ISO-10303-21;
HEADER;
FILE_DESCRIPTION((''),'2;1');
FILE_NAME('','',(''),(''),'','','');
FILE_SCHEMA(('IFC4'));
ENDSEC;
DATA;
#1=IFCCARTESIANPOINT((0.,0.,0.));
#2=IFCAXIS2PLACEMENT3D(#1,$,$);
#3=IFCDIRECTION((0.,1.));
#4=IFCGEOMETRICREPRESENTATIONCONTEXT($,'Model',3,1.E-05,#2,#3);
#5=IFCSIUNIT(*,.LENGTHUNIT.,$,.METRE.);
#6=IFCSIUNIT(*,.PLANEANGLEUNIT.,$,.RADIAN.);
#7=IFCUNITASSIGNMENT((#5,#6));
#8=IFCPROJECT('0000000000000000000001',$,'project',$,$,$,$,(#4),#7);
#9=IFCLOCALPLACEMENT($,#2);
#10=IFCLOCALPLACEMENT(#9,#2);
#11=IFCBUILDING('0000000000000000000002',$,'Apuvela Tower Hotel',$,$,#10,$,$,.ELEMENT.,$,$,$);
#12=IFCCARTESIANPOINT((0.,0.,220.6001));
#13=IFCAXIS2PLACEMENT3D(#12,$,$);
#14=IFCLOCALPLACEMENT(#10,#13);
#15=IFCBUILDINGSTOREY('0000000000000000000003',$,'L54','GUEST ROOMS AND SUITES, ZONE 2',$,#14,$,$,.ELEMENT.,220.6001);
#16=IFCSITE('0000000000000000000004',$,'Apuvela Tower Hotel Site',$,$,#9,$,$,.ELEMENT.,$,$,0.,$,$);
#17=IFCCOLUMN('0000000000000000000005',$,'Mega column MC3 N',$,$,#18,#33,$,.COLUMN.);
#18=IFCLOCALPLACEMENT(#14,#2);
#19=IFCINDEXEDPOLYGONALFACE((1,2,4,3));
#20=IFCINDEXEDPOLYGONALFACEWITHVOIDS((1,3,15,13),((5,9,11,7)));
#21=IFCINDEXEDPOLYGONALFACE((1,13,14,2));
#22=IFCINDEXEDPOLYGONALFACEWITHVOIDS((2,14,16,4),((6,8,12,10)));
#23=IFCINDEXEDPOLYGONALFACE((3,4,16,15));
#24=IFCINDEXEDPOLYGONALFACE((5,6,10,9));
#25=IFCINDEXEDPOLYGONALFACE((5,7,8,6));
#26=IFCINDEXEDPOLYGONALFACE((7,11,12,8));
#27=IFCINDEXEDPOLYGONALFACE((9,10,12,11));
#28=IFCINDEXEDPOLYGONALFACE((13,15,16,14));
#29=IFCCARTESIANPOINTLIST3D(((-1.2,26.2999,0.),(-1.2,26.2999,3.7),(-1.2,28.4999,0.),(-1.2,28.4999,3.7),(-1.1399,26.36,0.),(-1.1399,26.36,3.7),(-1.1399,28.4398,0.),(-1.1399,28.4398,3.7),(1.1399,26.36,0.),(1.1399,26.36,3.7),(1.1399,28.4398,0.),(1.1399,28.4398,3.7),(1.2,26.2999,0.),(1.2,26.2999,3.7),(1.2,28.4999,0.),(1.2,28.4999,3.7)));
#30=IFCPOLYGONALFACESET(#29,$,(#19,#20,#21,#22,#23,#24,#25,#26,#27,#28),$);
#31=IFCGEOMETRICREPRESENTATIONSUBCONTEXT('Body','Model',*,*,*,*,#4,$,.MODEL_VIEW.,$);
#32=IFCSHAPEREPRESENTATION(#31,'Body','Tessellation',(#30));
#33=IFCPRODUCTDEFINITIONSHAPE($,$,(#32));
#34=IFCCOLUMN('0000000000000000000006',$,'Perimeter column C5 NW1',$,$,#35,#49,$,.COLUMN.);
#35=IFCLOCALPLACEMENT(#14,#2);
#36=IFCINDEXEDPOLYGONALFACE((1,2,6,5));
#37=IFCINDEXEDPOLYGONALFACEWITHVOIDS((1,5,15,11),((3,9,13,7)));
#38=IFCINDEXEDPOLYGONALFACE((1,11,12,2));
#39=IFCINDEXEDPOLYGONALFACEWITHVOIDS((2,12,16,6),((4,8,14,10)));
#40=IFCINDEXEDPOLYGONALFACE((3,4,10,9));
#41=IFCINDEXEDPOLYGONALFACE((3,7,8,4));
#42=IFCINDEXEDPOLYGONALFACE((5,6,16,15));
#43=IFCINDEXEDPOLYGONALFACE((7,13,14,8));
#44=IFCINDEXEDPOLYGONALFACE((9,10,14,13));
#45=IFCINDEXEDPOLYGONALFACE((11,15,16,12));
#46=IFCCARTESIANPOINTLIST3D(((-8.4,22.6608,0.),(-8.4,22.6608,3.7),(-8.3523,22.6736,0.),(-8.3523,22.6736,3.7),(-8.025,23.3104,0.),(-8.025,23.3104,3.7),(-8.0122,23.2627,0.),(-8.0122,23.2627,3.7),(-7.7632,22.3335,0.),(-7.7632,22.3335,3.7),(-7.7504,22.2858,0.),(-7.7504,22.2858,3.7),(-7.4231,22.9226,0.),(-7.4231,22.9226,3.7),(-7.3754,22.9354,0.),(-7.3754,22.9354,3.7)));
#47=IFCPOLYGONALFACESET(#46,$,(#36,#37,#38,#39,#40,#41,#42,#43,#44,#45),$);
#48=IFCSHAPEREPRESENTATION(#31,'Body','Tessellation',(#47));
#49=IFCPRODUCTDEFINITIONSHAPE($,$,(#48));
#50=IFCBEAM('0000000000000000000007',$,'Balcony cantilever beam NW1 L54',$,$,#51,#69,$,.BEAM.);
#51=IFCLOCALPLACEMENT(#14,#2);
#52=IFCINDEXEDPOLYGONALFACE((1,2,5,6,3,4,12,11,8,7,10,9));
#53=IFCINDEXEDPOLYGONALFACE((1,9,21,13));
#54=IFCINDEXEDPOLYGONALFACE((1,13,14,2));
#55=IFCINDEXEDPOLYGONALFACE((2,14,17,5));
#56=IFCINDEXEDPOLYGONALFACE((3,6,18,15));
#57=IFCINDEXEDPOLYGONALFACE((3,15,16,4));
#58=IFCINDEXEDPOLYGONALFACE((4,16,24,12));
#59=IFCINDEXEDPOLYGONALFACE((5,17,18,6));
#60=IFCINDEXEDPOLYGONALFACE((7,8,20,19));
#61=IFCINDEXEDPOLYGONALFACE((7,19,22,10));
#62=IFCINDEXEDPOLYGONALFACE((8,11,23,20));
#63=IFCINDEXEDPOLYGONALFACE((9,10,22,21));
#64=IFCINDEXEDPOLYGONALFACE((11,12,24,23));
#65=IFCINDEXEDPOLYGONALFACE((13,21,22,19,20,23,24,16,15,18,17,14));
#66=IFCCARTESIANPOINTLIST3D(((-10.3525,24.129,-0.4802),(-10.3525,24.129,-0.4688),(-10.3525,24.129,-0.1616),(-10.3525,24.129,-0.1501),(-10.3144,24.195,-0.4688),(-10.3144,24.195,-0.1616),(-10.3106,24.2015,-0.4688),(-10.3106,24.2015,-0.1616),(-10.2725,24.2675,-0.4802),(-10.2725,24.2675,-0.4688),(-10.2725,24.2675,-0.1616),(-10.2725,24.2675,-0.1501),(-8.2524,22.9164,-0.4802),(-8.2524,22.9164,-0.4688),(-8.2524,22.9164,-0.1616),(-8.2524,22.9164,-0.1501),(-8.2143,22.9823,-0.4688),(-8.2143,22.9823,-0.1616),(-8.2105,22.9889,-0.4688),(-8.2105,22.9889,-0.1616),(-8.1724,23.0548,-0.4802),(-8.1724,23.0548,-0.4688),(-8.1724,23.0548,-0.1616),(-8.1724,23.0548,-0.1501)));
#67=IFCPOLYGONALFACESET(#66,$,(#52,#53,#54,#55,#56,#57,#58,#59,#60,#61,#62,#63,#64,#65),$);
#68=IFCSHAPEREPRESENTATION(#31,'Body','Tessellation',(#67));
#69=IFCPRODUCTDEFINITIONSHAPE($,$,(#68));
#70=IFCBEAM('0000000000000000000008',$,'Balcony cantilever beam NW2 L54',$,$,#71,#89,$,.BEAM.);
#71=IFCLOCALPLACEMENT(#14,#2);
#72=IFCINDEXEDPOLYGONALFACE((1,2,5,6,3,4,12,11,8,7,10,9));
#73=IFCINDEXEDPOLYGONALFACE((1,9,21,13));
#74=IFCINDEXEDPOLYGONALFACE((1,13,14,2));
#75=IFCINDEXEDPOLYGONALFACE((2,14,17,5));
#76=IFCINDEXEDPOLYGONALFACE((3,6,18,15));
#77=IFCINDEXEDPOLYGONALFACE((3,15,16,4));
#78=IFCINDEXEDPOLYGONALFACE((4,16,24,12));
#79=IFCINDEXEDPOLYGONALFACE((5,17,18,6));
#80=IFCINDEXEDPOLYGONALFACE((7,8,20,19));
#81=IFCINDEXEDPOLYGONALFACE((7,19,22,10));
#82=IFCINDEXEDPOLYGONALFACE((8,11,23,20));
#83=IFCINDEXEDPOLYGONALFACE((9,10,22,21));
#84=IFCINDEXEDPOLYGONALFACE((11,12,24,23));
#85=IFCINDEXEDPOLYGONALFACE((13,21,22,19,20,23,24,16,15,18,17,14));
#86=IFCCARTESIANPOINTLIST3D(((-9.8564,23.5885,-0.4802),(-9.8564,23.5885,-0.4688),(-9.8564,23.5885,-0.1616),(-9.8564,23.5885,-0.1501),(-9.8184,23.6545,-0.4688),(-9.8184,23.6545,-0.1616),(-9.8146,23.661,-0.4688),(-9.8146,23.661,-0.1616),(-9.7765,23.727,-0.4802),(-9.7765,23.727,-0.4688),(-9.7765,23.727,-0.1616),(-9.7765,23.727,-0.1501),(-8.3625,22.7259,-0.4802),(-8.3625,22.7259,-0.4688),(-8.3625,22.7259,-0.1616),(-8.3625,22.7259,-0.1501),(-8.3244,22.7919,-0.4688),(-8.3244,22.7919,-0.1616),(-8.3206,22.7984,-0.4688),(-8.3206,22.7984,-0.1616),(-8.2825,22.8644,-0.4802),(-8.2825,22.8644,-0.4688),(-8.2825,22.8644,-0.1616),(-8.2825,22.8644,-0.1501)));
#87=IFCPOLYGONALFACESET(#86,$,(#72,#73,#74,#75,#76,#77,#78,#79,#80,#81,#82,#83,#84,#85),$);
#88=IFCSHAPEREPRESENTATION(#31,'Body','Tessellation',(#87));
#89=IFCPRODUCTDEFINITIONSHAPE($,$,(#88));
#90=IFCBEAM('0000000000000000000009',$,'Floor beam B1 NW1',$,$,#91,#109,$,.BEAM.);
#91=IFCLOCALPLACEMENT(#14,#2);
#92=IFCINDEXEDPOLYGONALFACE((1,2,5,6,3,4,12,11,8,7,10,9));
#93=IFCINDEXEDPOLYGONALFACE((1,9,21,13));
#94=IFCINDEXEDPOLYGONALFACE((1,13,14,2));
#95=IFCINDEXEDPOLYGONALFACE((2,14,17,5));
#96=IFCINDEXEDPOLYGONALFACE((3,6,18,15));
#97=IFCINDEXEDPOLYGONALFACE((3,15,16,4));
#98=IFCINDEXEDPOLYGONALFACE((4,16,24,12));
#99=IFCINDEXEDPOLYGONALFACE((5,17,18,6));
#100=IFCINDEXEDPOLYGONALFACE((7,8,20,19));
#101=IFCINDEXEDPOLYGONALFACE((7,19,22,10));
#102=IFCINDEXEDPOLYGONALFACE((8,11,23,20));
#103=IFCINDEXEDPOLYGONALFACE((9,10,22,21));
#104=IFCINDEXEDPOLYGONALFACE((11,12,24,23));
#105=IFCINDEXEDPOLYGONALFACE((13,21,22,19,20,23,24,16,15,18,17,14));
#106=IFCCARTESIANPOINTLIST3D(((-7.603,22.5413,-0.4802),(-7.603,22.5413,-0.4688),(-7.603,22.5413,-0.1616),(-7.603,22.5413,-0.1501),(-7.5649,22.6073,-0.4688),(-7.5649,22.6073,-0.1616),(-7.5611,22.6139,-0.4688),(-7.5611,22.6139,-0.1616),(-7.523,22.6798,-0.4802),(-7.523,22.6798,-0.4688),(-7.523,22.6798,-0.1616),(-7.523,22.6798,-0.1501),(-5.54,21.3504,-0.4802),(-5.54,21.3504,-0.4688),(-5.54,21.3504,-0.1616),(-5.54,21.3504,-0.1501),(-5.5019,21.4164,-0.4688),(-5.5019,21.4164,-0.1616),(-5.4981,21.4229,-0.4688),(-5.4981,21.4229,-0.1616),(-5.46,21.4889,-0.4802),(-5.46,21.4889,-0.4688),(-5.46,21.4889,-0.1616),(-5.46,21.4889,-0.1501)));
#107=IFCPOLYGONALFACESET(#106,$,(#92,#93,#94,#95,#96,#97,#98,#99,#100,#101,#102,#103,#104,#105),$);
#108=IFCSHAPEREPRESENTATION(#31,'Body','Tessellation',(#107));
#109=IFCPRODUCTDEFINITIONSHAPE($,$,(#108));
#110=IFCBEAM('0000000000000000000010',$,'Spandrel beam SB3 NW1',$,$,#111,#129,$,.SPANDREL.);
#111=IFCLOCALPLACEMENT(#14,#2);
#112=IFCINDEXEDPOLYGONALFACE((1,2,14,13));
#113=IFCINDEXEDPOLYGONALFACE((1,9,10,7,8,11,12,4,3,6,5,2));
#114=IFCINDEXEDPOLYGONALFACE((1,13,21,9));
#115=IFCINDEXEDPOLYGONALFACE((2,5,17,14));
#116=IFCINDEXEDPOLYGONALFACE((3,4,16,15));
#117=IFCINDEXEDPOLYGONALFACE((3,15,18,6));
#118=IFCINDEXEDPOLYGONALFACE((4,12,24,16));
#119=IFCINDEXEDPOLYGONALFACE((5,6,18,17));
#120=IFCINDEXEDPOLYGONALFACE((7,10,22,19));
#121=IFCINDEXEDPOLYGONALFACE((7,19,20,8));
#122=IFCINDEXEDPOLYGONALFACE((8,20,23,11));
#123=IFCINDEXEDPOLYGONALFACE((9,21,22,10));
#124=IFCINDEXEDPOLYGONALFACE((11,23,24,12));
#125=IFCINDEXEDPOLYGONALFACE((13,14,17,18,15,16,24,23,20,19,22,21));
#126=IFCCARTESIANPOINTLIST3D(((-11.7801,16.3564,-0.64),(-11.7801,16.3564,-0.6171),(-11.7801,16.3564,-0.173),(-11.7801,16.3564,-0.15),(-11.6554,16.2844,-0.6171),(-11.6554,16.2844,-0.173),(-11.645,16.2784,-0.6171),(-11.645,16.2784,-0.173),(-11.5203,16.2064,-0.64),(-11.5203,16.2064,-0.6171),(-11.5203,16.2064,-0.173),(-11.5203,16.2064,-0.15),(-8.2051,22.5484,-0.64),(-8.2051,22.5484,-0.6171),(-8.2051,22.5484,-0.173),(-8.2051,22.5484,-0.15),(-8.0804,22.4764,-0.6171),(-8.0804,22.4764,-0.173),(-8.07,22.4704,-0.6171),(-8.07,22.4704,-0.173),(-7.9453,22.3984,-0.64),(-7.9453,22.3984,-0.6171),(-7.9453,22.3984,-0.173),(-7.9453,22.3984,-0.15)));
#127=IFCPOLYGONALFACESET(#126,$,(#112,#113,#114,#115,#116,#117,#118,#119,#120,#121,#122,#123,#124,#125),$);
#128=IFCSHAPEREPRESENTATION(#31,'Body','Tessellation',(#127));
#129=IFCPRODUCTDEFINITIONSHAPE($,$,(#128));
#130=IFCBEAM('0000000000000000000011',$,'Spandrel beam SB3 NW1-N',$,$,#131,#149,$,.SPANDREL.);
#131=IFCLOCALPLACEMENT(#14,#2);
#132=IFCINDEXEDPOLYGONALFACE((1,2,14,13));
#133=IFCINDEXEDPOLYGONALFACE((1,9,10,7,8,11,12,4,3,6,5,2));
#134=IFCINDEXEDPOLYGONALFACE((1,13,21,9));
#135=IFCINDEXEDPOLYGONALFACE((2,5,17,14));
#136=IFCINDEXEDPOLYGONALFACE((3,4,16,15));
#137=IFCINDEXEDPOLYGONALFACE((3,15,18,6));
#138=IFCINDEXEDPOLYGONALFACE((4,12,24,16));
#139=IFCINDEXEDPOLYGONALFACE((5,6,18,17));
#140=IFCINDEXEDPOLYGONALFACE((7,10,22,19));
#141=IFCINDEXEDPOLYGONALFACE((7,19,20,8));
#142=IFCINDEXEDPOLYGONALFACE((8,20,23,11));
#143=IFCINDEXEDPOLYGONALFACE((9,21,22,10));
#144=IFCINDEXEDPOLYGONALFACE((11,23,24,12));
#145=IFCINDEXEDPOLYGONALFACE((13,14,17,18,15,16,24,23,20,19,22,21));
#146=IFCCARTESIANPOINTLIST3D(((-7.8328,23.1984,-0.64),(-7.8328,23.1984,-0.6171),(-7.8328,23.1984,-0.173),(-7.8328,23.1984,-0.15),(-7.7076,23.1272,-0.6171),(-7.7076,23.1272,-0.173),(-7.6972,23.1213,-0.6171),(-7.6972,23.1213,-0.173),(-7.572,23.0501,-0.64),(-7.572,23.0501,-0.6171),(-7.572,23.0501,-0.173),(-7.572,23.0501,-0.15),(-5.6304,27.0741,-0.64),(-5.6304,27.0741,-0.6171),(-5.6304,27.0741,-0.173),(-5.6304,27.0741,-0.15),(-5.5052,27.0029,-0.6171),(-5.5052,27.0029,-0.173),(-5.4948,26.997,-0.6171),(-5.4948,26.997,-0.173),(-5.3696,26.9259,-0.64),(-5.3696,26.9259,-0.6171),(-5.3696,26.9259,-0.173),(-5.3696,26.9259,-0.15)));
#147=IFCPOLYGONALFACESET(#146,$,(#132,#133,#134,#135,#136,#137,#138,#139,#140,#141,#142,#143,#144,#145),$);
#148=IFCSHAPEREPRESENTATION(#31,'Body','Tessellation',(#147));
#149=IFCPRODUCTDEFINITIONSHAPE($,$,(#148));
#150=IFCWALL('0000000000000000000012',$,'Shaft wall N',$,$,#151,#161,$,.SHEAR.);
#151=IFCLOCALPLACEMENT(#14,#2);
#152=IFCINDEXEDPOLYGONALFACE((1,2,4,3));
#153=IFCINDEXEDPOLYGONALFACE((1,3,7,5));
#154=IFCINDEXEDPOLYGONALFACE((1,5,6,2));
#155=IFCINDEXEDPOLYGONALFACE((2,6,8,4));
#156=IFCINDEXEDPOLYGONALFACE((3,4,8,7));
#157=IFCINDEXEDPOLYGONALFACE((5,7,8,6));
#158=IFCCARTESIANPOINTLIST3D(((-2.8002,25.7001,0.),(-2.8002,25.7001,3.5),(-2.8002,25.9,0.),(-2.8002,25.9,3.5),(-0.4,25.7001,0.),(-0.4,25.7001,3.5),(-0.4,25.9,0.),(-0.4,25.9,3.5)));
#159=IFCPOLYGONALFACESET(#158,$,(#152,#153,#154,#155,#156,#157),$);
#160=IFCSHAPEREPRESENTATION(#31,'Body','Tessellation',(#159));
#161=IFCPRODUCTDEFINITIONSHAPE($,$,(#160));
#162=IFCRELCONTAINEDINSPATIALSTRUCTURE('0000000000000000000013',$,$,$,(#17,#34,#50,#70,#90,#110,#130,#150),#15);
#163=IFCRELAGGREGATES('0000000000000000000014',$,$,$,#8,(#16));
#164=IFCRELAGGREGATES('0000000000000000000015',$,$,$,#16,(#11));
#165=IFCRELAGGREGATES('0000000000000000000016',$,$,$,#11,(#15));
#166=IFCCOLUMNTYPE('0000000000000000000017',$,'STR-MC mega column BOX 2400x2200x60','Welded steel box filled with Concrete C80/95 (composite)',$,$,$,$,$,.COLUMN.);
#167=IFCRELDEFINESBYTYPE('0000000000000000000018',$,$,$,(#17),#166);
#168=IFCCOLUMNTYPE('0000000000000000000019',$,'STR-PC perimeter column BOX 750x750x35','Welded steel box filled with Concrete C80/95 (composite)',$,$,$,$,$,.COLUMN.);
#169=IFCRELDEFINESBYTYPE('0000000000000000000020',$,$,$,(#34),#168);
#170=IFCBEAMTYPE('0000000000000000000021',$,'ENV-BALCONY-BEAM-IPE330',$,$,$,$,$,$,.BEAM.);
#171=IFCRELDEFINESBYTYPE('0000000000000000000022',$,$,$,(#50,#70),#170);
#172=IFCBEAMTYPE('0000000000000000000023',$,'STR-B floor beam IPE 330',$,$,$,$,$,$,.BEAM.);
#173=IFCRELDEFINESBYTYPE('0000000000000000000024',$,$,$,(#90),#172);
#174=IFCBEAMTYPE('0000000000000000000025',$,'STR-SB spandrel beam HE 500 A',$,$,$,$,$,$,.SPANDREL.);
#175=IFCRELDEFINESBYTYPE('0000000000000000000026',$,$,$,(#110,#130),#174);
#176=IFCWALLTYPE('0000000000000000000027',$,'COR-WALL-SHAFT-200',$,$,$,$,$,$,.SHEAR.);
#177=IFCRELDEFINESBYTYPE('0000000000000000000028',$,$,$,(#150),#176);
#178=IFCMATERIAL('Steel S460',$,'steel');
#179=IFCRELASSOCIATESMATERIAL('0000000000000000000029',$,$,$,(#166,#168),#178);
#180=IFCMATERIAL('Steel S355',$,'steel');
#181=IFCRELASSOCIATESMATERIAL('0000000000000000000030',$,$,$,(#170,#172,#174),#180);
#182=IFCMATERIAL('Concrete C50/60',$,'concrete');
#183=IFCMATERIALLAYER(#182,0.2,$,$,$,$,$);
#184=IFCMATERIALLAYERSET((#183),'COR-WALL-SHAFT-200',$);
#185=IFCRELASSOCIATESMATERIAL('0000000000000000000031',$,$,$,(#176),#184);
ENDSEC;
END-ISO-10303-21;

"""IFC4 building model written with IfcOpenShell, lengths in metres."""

from ifc_helpers import new_model, si_unit, direction, frame, frame_2d, origin, origin_2d, place, context, subcontext, project, spatial, rectangle, hollow_rectangle, i_section, extrude, material, layer, layer_set, material_profile, profile_set, type_object, element, save


model = new_model("IFC4")

# Units and contexts
model_context = context("Model", 3, precision=1e-05, world=origin(), true_north=direction((0.0, 1.0)))
body_context = subcontext(model_context, "Body", "Model", "MODEL_VIEW")
ifc_project = project(units=[si_unit("LENGTHUNIT", "METRE"), si_unit("PLANEANGLEUNIT", "RADIAN")], contexts=[model_context])

# Site, building, storey
site_placement = place(None, origin())
site = spatial("IfcSite", under=ifc_project, at=site_placement, Name="Apuvela Tower Hotel Site", CompositionType="ELEMENT", RefElevation=0.0)
building_placement = place(site_placement, origin())
building = spatial("IfcBuilding", under=site, at=building_placement, Name="Apuvela Tower Hotel", CompositionType="ELEMENT")
storey_placement = place(building_placement, frame((0.0, 0.0, 220.6001)))
storey = spatial("IfcBuildingStorey", under=building, at=storey_placement, Name="L54", Description="GUEST ROOMS AND SUITES, ZONE 2", CompositionType="ELEMENT", Elevation=220.6001)

# Columns
ifc_material_1 = material(Name="Steel S460", Category="steel")
ifc_material_profile_1 = material_profile(ifc_material_1, hollow_rectangle(XDim=2.3999, YDim=2.2, WallThickness=0.0601, at=origin_2d()), Name="BOX 2400x2200x60")
ifc_material_2 = material(Name="Concrete C80/95", Category="concrete")
ifc_material_profile_2 = material_profile(ifc_material_2, rectangle(XDim=2.28, YDim=2.0801, at=origin_2d()), Name="Concrete C80/95 infill")
ifc_profile_set_1 = profile_set([ifc_material_profile_1, ifc_material_profile_2], Name="Steel S460")
column_type_1 = type_object("IfcColumnType", Name="STR-MC mega column BOX 2400x2200x60", Description="Welded steel box filled with Concrete C80/95 (composite)", PredefinedType="COLUMN", material=ifc_profile_set_1)
column_1_placement = place(storey_placement, frame((0.0, 27.3999, 0.0), z_axis=(0.0, 0.0, 1.0), x_axis=(1.0, 0.0, 0.0)))
element("IfcColumn", 1, at=column_1_placement, inside=storey, type_object=column_type_1, Name="Mega column MC3 N", PredefinedType="COLUMN", context=body_context, shape_type="SweptSolid", body=[
    extrude(hollow_rectangle(XDim=2.3999, YDim=2.2, WallThickness=0.0601, at=origin_2d()), origin(), (0.0, 0.0, 1.0), 3.7),
])
ifc_material_profile_3 = material_profile(ifc_material_1, hollow_rectangle(XDim=0.75, YDim=0.75, WallThickness=0.0349, at=origin_2d()), Name="BOX 750x750x35")
ifc_material_profile_4 = material_profile(ifc_material_2, rectangle(XDim=0.6799, YDim=0.6799, at=origin_2d()), Name="Concrete C80/95 infill")
ifc_profile_set_2 = profile_set([ifc_material_profile_3, ifc_material_profile_4], Name="Steel S460")
column_type_2 = type_object("IfcColumnType", Name="STR-PC perimeter column BOX 750x750x35", Description="Welded steel box filled with Concrete C80/95 (composite)", PredefinedType="COLUMN", material=ifc_profile_set_2)
column_2_placement = place(storey_placement, frame((-7.8877, 22.7981, 0.0), z_axis=(0.0, 0.0, 1.0), x_axis=(0.5, 0.866025, 0.0)))
element("IfcColumn", 2, at=column_2_placement, inside=storey, type_object=column_type_2, Name="Perimeter column C5 NW1", PredefinedType="COLUMN", context=body_context, shape_type="SweptSolid", body=[
    extrude(hollow_rectangle(XDim=0.75, YDim=0.75, WallThickness=0.0349, at=origin_2d()), origin(), (0.0, 0.0, 1.0), 3.7),
])

# Beams
ifc_material_3 = material(Name="Steel S355", Category="steel")
ifc_material_profile_5 = material_profile(ifc_material_3, i_section(OverallWidth=0.1599, OverallDepth=0.3301, WebThickness=0.0076, FlangeThickness=0.0115, at=origin_2d()), Name="IPE 330")
ifc_profile_set_3 = profile_set([ifc_material_profile_5], Name="Steel S355")
beam_type_1 = type_object("IfcBeamType", Name="ENV-BALCONY-BEAM-IPE330", PredefinedType="BEAM", material=ifc_profile_set_3)
beam_1_placement = place(storey_placement, frame((-8.2124, 22.9856, -0.3152), z_axis=(-0.865998, 0.500048, 0.0), x_axis=(-0.500048, -0.865998, 0.0)))
element("IfcBeam", 3, at=beam_1_placement, inside=storey, type_object=beam_type_1, Name="Balcony cantilever beam NW1 L54", PredefinedType="BEAM", context=body_context, shape_type="SweptSolid", body=[
    extrude(i_section(OverallWidth=0.1599, OverallDepth=0.3301, WebThickness=0.0076, FlangeThickness=0.0115, at=origin_2d()), origin(), (0.0, 0.0, 1.0), 2.425),
])
beam_2_placement = place(storey_placement, frame((-8.3225, 22.7952, -0.3152), z_axis=(-0.866014, 0.500021, 0.0), x_axis=(-0.500021, -0.866014, 0.0)))
element("IfcBeam", 4, at=beam_2_placement, inside=storey, type_object=beam_type_1, Name="Balcony cantilever beam NW2 L54", PredefinedType="BEAM", context=body_context, shape_type="SweptSolid", body=[
    extrude(i_section(OverallWidth=0.1599, OverallDepth=0.3301, WebThickness=0.0076, FlangeThickness=0.0115, at=origin_2d()), origin(), (0.0, 0.0, 1.0), 1.7251),
])
ifc_material_profile_6 = material_profile(ifc_material_3, i_section(OverallWidth=0.1599, OverallDepth=0.3301, WebThickness=0.0076, FlangeThickness=0.0115, at=origin_2d()), Name="IPE 330")
ifc_profile_set_4 = profile_set([ifc_material_profile_6], Name="Steel S355")
beam_type_2 = type_object("IfcBeamType", Name="STR-B floor beam IPE 330", PredefinedType="BEAM", material=ifc_profile_set_4)
beam_3_placement = place(storey_placement, frame((-7.563, 22.6106, -0.3152), z_axis=(0.866052, -0.499953, 0.0), x_axis=(0.499953, 0.866052, 0.0)))
element("IfcBeam", 5, at=beam_3_placement, inside=storey, type_object=beam_type_2, Name="Floor beam B1 NW1", PredefinedType="BEAM", context=body_context, shape_type="SweptSolid", body=[
    extrude(i_section(OverallWidth=0.1599, OverallDepth=0.3301, WebThickness=0.0076, FlangeThickness=0.0115, at=origin_2d()), origin(), (0.0, 0.0, 1.0), 2.3821),
])
ifc_material_profile_7 = material_profile(ifc_material_3, i_section(OverallWidth=0.3, OverallDepth=0.49, WebThickness=0.012, FlangeThickness=0.0229, at=origin_2d()), Name="HE 500 A")
ifc_profile_set_5 = profile_set([ifc_material_profile_7], Name="Steel S355")
beam_type_3 = type_object("IfcBeamType", Name="STR-SB spandrel beam HE 500 A", PredefinedType="SPANDREL", material=ifc_profile_set_5)
beam_4_placement = place(storey_placement, frame((-8.0752, 22.4734, -0.395), z_axis=(-0.500006, -0.866022, 0.0), x_axis=(0.866022, -0.500006, 0.0)))
element("IfcBeam", 6, at=beam_4_placement, inside=storey, type_object=beam_type_3, Name="Spandrel beam SB3 NW1", PredefinedType="SPANDREL", context=body_context, shape_type="SweptSolid", body=[
    extrude(i_section(OverallWidth=0.3, OverallDepth=0.49, WebThickness=0.012, FlangeThickness=0.0229, at=origin_2d()), origin(), (0.0, 0.0, 1.0), 7.1499),
])
beam_5_placement = place(storey_placement, frame((-7.7024, 23.1243, -0.395), z_axis=(0.494056, 0.86943, 0.0), x_axis=(-0.86943, 0.494056, 0.0)))
element("IfcBeam", 7, at=beam_5_placement, inside=storey, type_object=beam_type_3, Name="Spandrel beam SB3 NW1-N", PredefinedType="SPANDREL", context=body_context, shape_type="SweptSolid", body=[
    extrude(i_section(OverallWidth=0.3, OverallDepth=0.49, WebThickness=0.012, FlangeThickness=0.0229, at=origin_2d()), origin(), (0.0, 0.0, 1.0), 4.4578),
])

# Wall
ifc_material_4 = material(Name="Concrete C50/60", Category="concrete")
ifc_layer_1 = layer(ifc_material_4, 0.2)
ifc_layer_set_1 = layer_set([ifc_layer_1], Name="COR-WALL-SHAFT-200")
wall_type_1 = type_object("IfcWallType", Name="COR-WALL-SHAFT-200", PredefinedType="SHEAR", material=ifc_layer_set_1)
wall_1_placement = place(storey_placement, frame((-0.3999, 25.8, 0.0), z_axis=(0.0, 0.0, 1.0), x_axis=(-1.0, 0.0, 0.0)))
element("IfcWall", 8, at=wall_1_placement, inside=storey, type_object=wall_type_1, Name="Shaft wall N", PredefinedType="SHEAR", context=body_context, shape_type="SweptSolid", body=[
    extrude(rectangle(XDim=2.4001, YDim=0.2, at=frame_2d((1.2002, 0.0))), origin(), (0.0, 0.0, 1.0), 3.5),
])

save(model, "model.ifc")
